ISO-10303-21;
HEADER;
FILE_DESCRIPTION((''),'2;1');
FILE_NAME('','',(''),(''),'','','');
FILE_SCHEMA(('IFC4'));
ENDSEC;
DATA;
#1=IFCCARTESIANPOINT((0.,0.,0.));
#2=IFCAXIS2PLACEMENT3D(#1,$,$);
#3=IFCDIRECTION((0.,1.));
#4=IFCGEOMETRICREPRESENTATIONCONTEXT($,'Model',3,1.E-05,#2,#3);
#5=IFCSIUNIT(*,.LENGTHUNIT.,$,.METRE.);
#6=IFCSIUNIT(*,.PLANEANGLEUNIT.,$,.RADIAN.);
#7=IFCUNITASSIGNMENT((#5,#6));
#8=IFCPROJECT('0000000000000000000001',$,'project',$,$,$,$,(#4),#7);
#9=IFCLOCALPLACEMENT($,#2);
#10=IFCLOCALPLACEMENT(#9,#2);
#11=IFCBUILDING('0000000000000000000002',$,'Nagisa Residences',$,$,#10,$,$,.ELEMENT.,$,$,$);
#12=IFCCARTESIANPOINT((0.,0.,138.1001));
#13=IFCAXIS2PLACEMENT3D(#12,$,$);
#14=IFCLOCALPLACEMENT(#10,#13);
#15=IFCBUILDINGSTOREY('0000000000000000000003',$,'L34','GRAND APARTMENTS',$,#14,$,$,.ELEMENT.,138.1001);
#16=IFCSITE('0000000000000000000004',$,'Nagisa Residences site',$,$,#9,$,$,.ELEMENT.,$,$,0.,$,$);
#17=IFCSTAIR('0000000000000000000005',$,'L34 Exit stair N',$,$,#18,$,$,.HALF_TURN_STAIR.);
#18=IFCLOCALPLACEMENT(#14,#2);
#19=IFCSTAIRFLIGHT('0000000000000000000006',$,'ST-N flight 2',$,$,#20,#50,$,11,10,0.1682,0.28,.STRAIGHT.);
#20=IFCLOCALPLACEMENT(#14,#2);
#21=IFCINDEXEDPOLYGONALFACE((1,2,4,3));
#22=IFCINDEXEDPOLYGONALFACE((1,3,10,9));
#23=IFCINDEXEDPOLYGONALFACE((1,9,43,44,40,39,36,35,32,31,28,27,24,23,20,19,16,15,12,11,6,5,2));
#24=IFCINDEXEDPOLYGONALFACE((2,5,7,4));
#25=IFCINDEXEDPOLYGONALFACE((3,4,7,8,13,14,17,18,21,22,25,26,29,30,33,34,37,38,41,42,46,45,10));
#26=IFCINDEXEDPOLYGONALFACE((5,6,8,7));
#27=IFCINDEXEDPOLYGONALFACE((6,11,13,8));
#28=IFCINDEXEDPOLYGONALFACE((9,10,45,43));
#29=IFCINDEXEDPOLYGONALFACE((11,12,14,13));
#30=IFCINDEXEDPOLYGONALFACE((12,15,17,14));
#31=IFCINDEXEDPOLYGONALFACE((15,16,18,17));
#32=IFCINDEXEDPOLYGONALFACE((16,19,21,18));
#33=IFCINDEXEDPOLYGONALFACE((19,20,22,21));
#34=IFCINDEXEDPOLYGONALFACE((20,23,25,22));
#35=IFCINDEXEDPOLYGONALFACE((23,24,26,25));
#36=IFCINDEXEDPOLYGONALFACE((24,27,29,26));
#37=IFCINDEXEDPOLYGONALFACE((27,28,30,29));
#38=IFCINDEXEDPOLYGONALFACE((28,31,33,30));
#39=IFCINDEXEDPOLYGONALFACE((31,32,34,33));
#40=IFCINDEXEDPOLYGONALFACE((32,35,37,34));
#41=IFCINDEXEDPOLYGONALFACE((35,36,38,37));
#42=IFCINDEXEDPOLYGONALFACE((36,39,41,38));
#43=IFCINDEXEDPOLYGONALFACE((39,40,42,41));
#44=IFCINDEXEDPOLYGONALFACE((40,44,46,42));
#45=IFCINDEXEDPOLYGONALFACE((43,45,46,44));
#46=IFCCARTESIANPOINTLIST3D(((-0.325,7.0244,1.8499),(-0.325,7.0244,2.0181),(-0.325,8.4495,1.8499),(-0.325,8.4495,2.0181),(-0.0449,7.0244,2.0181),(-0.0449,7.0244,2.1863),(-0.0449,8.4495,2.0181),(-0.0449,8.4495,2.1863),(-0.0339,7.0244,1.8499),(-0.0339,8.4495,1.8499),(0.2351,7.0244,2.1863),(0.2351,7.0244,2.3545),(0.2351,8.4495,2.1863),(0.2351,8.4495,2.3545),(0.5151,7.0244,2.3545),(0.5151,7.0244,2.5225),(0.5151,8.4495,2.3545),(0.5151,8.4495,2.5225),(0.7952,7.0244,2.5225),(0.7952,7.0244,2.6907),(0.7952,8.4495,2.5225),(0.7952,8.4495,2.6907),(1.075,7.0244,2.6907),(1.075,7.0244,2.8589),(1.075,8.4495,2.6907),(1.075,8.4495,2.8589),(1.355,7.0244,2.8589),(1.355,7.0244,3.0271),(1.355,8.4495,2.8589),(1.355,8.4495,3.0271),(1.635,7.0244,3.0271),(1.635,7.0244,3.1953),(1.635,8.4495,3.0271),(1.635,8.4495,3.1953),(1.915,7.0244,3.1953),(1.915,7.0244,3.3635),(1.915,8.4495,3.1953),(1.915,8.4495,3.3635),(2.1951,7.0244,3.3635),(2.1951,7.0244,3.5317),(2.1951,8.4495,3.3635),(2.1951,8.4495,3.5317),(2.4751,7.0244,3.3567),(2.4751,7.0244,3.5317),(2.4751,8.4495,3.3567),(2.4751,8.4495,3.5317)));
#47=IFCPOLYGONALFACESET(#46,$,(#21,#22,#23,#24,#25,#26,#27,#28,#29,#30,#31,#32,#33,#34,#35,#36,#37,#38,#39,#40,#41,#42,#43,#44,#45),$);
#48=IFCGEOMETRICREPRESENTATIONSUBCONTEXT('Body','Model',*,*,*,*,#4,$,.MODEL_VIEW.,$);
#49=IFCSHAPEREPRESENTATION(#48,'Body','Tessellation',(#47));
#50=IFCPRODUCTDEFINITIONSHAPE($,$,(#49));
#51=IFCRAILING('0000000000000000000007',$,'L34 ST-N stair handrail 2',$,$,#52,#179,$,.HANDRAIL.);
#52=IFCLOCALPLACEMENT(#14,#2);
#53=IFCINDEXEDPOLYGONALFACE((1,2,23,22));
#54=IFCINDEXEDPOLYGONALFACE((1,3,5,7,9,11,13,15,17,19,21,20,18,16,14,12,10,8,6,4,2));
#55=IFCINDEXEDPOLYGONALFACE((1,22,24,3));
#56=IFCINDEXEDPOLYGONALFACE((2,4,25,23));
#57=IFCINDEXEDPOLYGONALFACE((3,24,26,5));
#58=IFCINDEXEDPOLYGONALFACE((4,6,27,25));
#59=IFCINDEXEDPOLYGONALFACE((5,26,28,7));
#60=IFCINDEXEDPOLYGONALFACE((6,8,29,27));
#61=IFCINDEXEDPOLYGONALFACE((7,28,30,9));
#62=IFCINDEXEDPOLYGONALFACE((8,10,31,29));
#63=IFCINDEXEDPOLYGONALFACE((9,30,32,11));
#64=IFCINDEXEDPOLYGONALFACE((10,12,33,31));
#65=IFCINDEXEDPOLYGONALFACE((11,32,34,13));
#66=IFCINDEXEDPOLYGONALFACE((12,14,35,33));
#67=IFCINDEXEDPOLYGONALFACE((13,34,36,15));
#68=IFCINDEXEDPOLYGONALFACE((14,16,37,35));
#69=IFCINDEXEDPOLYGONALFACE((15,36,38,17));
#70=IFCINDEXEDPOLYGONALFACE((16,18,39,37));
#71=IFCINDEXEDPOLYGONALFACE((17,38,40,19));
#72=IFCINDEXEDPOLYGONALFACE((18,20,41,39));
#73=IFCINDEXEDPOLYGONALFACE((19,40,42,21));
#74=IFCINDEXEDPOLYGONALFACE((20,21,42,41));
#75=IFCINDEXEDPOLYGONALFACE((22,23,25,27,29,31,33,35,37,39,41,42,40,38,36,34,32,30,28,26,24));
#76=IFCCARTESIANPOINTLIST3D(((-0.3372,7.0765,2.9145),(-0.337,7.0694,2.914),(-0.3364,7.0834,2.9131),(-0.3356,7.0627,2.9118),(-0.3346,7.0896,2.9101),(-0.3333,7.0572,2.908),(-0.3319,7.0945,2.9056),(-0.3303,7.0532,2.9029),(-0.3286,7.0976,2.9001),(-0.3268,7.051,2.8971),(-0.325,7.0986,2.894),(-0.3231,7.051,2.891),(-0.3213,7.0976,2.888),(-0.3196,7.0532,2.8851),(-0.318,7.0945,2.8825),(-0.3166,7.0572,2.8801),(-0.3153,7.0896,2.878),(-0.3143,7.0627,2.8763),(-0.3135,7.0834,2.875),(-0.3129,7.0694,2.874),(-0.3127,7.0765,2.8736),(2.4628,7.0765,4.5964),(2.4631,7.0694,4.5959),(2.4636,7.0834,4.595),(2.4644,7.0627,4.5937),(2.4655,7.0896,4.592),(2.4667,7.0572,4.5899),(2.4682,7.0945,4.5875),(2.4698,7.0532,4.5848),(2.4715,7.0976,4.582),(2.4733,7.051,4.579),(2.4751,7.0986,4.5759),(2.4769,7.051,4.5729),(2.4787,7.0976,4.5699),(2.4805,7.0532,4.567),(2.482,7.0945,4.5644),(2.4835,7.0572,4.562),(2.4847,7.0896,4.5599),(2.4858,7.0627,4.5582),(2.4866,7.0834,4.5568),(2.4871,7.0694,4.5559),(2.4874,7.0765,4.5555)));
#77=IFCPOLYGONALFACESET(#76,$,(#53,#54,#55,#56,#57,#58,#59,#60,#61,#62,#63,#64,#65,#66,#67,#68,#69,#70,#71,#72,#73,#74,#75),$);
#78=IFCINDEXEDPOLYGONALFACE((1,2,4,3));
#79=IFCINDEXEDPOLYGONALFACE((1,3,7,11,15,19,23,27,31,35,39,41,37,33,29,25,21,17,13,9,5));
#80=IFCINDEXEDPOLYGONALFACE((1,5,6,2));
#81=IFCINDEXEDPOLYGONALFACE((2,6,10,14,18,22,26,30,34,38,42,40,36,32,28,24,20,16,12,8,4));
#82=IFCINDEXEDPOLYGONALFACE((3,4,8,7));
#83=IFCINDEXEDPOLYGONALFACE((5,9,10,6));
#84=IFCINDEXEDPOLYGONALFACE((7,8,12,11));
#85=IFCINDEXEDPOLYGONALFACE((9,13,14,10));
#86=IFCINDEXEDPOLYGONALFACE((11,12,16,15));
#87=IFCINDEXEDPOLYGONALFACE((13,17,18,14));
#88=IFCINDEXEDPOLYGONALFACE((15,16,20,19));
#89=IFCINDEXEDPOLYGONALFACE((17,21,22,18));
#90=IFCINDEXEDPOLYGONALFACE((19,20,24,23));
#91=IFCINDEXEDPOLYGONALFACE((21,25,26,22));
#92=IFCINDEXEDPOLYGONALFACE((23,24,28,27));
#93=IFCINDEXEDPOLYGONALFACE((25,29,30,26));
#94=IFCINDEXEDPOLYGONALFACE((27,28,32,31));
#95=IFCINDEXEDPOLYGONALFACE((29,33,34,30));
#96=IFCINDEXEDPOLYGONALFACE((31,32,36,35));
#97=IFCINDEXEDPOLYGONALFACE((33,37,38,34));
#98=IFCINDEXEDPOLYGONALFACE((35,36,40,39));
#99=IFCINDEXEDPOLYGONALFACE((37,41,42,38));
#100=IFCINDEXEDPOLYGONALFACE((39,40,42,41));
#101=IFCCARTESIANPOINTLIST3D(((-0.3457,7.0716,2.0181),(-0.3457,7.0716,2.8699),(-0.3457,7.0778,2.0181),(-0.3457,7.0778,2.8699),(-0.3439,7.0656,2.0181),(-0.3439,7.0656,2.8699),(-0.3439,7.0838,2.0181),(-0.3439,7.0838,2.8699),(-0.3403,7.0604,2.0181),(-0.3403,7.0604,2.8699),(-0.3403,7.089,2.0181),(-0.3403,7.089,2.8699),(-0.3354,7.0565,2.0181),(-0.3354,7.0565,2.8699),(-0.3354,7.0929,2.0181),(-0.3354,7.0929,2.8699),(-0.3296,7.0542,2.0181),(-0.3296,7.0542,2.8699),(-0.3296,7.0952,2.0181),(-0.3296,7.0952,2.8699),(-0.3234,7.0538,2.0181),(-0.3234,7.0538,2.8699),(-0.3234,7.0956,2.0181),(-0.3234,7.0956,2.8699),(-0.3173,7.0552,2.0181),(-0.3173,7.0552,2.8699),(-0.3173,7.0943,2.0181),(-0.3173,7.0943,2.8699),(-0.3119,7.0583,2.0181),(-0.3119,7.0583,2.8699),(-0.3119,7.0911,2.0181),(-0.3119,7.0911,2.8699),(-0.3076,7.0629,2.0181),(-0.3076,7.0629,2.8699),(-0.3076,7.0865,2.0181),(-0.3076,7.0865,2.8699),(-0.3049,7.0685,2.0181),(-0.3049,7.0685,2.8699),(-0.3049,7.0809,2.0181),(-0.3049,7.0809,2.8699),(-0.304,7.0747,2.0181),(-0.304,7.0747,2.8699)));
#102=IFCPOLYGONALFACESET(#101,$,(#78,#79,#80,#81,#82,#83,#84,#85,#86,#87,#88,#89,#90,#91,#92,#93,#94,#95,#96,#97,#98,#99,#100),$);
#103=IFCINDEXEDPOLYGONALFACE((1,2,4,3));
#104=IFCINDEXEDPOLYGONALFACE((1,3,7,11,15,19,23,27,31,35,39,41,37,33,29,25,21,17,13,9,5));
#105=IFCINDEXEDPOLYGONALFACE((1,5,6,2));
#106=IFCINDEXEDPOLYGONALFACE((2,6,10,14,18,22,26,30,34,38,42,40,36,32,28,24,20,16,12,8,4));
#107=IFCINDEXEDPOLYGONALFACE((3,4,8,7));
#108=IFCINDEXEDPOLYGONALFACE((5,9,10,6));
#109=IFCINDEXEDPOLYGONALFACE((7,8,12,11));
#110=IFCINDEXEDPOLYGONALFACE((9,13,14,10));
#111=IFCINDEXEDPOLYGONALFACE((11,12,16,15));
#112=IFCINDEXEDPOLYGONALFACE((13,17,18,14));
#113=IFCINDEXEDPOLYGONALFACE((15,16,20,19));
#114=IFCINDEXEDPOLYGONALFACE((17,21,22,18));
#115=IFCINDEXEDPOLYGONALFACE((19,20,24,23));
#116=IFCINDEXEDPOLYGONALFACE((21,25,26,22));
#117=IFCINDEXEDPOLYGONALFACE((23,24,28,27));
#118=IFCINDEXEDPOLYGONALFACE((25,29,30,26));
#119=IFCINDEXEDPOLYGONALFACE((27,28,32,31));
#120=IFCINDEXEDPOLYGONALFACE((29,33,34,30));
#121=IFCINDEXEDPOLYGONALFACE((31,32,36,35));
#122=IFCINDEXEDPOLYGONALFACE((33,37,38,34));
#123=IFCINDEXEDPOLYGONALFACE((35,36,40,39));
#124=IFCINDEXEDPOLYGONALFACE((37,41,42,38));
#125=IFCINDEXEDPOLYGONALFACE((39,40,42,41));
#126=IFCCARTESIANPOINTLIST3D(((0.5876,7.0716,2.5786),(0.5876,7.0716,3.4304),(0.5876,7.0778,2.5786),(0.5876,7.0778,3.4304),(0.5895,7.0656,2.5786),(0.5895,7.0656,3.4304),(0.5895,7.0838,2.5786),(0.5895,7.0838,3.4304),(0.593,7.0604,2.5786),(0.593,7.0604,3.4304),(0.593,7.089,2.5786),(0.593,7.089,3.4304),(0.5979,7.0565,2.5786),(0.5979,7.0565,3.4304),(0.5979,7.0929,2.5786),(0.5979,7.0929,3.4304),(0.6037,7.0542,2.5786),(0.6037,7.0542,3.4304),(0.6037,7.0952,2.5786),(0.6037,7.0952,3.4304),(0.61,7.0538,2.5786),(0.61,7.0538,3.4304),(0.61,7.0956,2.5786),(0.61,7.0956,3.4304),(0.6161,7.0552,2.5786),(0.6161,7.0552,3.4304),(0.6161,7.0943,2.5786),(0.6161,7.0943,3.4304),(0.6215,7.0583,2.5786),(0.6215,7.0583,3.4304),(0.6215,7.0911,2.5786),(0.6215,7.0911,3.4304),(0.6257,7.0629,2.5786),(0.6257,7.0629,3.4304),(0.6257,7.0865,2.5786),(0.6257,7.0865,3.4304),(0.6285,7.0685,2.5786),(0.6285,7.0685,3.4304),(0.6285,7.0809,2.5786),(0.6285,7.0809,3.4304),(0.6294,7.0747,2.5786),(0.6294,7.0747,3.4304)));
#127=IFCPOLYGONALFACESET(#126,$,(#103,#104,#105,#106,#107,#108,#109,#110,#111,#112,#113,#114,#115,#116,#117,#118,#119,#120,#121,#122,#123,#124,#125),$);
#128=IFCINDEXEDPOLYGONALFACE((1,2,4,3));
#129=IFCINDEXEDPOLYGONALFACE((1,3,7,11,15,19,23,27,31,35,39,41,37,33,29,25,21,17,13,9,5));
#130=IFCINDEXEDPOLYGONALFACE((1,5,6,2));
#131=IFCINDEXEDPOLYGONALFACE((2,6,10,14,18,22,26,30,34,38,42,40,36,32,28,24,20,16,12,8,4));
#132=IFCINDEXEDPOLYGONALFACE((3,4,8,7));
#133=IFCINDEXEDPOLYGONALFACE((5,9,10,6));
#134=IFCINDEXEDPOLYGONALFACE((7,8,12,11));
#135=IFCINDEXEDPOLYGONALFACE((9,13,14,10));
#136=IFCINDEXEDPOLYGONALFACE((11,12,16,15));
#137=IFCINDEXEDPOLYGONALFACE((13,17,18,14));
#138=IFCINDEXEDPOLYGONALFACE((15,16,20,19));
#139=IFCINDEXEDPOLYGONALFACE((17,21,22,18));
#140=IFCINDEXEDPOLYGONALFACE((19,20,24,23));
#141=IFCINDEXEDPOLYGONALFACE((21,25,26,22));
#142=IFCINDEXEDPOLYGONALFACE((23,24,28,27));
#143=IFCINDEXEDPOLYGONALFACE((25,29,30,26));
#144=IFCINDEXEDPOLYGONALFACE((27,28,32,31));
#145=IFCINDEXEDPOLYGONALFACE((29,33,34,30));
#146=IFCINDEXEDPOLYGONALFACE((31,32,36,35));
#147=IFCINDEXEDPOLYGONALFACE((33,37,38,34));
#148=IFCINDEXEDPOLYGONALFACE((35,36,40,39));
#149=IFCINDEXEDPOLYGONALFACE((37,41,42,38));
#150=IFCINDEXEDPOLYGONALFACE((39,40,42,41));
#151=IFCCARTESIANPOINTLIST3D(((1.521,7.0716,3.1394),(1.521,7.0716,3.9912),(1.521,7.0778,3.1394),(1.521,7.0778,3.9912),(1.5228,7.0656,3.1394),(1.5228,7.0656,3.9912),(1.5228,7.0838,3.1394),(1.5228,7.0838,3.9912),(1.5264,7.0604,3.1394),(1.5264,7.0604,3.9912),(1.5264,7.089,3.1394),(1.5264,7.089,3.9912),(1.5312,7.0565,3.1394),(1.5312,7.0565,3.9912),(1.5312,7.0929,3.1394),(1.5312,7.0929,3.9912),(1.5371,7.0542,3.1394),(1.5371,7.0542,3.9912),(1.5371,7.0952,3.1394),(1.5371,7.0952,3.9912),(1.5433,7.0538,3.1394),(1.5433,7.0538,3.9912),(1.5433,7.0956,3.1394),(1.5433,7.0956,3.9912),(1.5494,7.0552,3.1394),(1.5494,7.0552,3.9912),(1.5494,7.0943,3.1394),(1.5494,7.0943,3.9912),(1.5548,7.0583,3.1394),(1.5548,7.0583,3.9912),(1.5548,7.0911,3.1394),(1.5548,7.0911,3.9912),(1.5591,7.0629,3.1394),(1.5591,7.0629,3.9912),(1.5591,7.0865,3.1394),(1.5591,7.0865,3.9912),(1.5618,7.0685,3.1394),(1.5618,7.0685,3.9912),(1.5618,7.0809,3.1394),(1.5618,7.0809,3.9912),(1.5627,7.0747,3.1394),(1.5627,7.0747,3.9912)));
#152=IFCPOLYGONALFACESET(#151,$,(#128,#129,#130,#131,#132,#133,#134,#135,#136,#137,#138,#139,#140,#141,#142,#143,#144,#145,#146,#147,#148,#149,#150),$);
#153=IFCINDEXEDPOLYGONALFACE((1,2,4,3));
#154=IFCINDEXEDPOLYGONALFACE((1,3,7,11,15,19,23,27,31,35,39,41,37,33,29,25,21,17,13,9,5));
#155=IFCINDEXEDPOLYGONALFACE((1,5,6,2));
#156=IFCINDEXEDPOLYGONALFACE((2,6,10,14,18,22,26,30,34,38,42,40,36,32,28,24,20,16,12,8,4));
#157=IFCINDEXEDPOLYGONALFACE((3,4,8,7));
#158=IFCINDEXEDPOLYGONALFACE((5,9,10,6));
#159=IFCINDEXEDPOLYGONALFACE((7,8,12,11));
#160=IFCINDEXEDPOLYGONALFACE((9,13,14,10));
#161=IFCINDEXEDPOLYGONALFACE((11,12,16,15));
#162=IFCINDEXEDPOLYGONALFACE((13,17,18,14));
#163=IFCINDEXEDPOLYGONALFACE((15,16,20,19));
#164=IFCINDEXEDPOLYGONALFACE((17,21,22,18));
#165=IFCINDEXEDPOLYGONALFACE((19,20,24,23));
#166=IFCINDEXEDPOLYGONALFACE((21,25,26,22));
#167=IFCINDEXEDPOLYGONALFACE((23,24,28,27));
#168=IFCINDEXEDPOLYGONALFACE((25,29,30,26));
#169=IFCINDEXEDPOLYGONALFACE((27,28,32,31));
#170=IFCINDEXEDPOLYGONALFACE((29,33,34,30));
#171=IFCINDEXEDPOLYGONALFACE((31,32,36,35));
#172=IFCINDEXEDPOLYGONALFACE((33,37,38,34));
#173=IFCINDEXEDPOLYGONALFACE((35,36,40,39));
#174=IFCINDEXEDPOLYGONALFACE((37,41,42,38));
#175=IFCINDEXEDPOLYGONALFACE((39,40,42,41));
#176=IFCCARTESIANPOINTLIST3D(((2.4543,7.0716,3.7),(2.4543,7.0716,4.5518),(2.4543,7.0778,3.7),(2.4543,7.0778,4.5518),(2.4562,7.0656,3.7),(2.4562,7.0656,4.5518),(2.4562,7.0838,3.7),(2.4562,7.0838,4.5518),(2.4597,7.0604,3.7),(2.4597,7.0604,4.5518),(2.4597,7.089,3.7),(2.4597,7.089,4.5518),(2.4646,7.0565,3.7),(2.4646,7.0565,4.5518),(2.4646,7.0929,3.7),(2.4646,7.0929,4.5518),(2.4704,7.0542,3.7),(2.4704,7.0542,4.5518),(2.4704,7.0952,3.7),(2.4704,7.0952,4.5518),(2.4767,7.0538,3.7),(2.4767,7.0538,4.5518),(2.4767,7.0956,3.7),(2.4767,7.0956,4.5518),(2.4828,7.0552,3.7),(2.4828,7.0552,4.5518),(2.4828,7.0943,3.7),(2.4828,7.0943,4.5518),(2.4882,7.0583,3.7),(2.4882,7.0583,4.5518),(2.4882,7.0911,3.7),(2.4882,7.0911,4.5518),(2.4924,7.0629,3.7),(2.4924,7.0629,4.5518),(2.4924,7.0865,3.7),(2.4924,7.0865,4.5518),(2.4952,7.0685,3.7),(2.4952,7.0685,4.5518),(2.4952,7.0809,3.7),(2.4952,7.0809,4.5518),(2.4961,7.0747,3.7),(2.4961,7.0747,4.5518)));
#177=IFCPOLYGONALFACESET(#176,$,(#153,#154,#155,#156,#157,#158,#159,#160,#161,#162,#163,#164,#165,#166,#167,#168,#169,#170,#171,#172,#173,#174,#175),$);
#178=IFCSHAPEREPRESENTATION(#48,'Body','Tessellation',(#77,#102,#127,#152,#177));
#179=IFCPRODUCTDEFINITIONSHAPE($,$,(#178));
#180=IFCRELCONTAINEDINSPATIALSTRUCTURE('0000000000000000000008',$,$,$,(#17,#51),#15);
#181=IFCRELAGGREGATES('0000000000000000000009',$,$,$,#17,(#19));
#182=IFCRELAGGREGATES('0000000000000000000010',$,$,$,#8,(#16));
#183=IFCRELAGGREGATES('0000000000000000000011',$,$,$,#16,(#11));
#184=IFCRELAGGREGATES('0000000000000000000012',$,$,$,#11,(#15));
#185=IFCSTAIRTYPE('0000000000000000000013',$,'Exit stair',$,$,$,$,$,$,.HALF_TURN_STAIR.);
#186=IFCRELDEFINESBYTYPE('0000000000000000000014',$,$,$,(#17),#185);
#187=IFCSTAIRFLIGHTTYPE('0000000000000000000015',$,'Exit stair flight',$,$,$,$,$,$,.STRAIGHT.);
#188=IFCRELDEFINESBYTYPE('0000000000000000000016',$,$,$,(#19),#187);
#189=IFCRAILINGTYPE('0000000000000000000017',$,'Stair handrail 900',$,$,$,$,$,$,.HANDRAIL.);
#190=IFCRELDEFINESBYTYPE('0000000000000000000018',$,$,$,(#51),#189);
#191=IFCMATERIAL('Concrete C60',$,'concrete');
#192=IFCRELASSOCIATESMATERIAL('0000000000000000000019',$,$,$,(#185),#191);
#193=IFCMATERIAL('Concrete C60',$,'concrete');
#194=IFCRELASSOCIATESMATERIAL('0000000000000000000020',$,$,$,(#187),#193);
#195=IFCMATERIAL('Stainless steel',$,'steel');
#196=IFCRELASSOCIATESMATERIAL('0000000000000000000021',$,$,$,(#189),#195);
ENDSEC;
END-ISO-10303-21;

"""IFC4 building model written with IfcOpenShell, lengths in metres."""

from ifc_helpers import new_model, si_unit, direction, frame, origin, origin_2d, place, context, subcontext, project, spatial, polyline, circle, outline, extrude, material, type_object, element, aggregate, save


model = new_model("IFC4")

# Units and contexts
model_context = context("Model", 3, precision=1e-05, world=origin(), true_north=direction((0.0, 1.0)))
body_context = subcontext(model_context, "Body", "Model", "MODEL_VIEW")
ifc_project = project(units=[si_unit("LENGTHUNIT", "METRE"), si_unit("PLANEANGLEUNIT", "RADIAN")], contexts=[model_context])

# Site, building, storey
site_placement = place(None, origin())
site = spatial("IfcSite", under=ifc_project, at=site_placement, Name="Nagisa Residences site", CompositionType="ELEMENT", RefElevation=0.0)
building_placement = place(site_placement, origin())
building = spatial("IfcBuilding", under=site, at=building_placement, Name="Nagisa Residences", CompositionType="ELEMENT")
storey_placement = place(building_placement, frame((0.0, 0.0, 138.1001)))
storey = spatial("IfcBuildingStorey", under=building, at=storey_placement, Name="L34", Description="GRAND APARTMENTS", CompositionType="ELEMENT", Elevation=138.1001)

# Stair, stair flight
ifc_material_1 = material(Name="Concrete C60", Category="concrete")
stair_type = type_object("IfcStairType", Name="Exit stair", PredefinedType="HALF_TURN_STAIR", material=ifc_material_1)
stair_placement = place(storey_placement, origin())
stair = element("IfcStair", 1, at=stair_placement, inside=storey, type_object=stair_type, Name="L34 Exit stair N", PredefinedType="HALF_TURN_STAIR")
ifc_material_2 = material(Name="Concrete C60", Category="concrete")
stair_flight_type = type_object("IfcStairFlightType", Name="Exit stair flight", PredefinedType="STRAIGHT", material=ifc_material_2)
stair_flight_placement = place(storey_placement, frame((-0.325, 7.7371, 1.8499), z_axis=(0.0, 0.0, 1.0), x_axis=(1.0, 0.0, 0.0)))
stair_flight = element("IfcStairFlight", 2, at=stair_flight_placement, type_object=stair_flight_type, Name="ST-N flight 2", NumberOfRisers=11, NumberOfTreads=10, PredefinedType="STRAIGHT", RiserHeight=0.1682, TreadLength=0.28, context=body_context, shape_type="SweptSolid", body=[
    extrude(outline(polyline([(0.0, 0.0), (0.0, 0.1682), (0.28, 0.1682), (0.28, 0.3364), (0.5601, 0.3364), (0.5601, 0.5046), (0.8401, 0.5046), (0.8401, 0.6726), (1.1201, 0.6726), (1.1201, 0.8408), (1.3999, 0.8408), (1.3999, 1.009), (1.6799, 1.009), (1.6799, 1.1772), (1.96, 1.1772), (1.96, 1.3455), (2.24, 1.3455), (2.24, 1.5137), (2.52, 1.5137), (2.52, 1.6819), (2.8, 1.6819), (2.8, 1.8501), (2.8, 1.5068), (0.291, 0.0), (0.0, 0.0)])), frame((0.0, 0.7124, 0.0), z_axis=(0.0, -1.0, 0.0), x_axis=(1.0, 0.0, 0.0)), (0.0, 0.0, 1.0), 1.425),
])
aggregate(stair, [stair_flight])

# Railing
ifc_material_3 = material(Name="Stainless steel", Category="steel")
railing_type = type_object("IfcRailingType", Name="Stair handrail 900", PredefinedType="HANDRAIL", material=ifc_material_3)
railing_placement = place(storey_placement, frame((-0.325, 7.0747, 2.0181)))
element("IfcRailing", 3, at=railing_placement, inside=storey, type_object=railing_type, Name="L34 ST-N stair handrail 2", PredefinedType="HANDRAIL", context=body_context, shape_type="SweptSolid", body=[
    extrude(circle(Radius=0.0239, at=origin_2d()), frame((0.0, 0.0, 0.876), z_axis=(0.857242, 0.0, 0.514913), x_axis=(0.0, 1.0, 0.0)), (0.0, 0.0, 1.0), 3.2664),
    extrude(circle(Radius=0.021, at=origin_2d()), origin(), (0.0, 0.0, 1.0), 0.8518),
    extrude(circle(Radius=0.021, at=origin_2d()), frame((0.9333, 0.0, 0.5605)), (0.0, 0.0, 1.0), 0.8518),
    extrude(circle(Radius=0.021, at=origin_2d()), frame((1.8667, 0.0, 1.1213)), (0.0, 0.0, 1.0), 0.8518),
    extrude(circle(Radius=0.021, at=origin_2d()), frame((2.8, 0.0, 1.6819)), (0.0, 0.0, 1.0), 0.8518),
])

save(model, "model.ifc")
